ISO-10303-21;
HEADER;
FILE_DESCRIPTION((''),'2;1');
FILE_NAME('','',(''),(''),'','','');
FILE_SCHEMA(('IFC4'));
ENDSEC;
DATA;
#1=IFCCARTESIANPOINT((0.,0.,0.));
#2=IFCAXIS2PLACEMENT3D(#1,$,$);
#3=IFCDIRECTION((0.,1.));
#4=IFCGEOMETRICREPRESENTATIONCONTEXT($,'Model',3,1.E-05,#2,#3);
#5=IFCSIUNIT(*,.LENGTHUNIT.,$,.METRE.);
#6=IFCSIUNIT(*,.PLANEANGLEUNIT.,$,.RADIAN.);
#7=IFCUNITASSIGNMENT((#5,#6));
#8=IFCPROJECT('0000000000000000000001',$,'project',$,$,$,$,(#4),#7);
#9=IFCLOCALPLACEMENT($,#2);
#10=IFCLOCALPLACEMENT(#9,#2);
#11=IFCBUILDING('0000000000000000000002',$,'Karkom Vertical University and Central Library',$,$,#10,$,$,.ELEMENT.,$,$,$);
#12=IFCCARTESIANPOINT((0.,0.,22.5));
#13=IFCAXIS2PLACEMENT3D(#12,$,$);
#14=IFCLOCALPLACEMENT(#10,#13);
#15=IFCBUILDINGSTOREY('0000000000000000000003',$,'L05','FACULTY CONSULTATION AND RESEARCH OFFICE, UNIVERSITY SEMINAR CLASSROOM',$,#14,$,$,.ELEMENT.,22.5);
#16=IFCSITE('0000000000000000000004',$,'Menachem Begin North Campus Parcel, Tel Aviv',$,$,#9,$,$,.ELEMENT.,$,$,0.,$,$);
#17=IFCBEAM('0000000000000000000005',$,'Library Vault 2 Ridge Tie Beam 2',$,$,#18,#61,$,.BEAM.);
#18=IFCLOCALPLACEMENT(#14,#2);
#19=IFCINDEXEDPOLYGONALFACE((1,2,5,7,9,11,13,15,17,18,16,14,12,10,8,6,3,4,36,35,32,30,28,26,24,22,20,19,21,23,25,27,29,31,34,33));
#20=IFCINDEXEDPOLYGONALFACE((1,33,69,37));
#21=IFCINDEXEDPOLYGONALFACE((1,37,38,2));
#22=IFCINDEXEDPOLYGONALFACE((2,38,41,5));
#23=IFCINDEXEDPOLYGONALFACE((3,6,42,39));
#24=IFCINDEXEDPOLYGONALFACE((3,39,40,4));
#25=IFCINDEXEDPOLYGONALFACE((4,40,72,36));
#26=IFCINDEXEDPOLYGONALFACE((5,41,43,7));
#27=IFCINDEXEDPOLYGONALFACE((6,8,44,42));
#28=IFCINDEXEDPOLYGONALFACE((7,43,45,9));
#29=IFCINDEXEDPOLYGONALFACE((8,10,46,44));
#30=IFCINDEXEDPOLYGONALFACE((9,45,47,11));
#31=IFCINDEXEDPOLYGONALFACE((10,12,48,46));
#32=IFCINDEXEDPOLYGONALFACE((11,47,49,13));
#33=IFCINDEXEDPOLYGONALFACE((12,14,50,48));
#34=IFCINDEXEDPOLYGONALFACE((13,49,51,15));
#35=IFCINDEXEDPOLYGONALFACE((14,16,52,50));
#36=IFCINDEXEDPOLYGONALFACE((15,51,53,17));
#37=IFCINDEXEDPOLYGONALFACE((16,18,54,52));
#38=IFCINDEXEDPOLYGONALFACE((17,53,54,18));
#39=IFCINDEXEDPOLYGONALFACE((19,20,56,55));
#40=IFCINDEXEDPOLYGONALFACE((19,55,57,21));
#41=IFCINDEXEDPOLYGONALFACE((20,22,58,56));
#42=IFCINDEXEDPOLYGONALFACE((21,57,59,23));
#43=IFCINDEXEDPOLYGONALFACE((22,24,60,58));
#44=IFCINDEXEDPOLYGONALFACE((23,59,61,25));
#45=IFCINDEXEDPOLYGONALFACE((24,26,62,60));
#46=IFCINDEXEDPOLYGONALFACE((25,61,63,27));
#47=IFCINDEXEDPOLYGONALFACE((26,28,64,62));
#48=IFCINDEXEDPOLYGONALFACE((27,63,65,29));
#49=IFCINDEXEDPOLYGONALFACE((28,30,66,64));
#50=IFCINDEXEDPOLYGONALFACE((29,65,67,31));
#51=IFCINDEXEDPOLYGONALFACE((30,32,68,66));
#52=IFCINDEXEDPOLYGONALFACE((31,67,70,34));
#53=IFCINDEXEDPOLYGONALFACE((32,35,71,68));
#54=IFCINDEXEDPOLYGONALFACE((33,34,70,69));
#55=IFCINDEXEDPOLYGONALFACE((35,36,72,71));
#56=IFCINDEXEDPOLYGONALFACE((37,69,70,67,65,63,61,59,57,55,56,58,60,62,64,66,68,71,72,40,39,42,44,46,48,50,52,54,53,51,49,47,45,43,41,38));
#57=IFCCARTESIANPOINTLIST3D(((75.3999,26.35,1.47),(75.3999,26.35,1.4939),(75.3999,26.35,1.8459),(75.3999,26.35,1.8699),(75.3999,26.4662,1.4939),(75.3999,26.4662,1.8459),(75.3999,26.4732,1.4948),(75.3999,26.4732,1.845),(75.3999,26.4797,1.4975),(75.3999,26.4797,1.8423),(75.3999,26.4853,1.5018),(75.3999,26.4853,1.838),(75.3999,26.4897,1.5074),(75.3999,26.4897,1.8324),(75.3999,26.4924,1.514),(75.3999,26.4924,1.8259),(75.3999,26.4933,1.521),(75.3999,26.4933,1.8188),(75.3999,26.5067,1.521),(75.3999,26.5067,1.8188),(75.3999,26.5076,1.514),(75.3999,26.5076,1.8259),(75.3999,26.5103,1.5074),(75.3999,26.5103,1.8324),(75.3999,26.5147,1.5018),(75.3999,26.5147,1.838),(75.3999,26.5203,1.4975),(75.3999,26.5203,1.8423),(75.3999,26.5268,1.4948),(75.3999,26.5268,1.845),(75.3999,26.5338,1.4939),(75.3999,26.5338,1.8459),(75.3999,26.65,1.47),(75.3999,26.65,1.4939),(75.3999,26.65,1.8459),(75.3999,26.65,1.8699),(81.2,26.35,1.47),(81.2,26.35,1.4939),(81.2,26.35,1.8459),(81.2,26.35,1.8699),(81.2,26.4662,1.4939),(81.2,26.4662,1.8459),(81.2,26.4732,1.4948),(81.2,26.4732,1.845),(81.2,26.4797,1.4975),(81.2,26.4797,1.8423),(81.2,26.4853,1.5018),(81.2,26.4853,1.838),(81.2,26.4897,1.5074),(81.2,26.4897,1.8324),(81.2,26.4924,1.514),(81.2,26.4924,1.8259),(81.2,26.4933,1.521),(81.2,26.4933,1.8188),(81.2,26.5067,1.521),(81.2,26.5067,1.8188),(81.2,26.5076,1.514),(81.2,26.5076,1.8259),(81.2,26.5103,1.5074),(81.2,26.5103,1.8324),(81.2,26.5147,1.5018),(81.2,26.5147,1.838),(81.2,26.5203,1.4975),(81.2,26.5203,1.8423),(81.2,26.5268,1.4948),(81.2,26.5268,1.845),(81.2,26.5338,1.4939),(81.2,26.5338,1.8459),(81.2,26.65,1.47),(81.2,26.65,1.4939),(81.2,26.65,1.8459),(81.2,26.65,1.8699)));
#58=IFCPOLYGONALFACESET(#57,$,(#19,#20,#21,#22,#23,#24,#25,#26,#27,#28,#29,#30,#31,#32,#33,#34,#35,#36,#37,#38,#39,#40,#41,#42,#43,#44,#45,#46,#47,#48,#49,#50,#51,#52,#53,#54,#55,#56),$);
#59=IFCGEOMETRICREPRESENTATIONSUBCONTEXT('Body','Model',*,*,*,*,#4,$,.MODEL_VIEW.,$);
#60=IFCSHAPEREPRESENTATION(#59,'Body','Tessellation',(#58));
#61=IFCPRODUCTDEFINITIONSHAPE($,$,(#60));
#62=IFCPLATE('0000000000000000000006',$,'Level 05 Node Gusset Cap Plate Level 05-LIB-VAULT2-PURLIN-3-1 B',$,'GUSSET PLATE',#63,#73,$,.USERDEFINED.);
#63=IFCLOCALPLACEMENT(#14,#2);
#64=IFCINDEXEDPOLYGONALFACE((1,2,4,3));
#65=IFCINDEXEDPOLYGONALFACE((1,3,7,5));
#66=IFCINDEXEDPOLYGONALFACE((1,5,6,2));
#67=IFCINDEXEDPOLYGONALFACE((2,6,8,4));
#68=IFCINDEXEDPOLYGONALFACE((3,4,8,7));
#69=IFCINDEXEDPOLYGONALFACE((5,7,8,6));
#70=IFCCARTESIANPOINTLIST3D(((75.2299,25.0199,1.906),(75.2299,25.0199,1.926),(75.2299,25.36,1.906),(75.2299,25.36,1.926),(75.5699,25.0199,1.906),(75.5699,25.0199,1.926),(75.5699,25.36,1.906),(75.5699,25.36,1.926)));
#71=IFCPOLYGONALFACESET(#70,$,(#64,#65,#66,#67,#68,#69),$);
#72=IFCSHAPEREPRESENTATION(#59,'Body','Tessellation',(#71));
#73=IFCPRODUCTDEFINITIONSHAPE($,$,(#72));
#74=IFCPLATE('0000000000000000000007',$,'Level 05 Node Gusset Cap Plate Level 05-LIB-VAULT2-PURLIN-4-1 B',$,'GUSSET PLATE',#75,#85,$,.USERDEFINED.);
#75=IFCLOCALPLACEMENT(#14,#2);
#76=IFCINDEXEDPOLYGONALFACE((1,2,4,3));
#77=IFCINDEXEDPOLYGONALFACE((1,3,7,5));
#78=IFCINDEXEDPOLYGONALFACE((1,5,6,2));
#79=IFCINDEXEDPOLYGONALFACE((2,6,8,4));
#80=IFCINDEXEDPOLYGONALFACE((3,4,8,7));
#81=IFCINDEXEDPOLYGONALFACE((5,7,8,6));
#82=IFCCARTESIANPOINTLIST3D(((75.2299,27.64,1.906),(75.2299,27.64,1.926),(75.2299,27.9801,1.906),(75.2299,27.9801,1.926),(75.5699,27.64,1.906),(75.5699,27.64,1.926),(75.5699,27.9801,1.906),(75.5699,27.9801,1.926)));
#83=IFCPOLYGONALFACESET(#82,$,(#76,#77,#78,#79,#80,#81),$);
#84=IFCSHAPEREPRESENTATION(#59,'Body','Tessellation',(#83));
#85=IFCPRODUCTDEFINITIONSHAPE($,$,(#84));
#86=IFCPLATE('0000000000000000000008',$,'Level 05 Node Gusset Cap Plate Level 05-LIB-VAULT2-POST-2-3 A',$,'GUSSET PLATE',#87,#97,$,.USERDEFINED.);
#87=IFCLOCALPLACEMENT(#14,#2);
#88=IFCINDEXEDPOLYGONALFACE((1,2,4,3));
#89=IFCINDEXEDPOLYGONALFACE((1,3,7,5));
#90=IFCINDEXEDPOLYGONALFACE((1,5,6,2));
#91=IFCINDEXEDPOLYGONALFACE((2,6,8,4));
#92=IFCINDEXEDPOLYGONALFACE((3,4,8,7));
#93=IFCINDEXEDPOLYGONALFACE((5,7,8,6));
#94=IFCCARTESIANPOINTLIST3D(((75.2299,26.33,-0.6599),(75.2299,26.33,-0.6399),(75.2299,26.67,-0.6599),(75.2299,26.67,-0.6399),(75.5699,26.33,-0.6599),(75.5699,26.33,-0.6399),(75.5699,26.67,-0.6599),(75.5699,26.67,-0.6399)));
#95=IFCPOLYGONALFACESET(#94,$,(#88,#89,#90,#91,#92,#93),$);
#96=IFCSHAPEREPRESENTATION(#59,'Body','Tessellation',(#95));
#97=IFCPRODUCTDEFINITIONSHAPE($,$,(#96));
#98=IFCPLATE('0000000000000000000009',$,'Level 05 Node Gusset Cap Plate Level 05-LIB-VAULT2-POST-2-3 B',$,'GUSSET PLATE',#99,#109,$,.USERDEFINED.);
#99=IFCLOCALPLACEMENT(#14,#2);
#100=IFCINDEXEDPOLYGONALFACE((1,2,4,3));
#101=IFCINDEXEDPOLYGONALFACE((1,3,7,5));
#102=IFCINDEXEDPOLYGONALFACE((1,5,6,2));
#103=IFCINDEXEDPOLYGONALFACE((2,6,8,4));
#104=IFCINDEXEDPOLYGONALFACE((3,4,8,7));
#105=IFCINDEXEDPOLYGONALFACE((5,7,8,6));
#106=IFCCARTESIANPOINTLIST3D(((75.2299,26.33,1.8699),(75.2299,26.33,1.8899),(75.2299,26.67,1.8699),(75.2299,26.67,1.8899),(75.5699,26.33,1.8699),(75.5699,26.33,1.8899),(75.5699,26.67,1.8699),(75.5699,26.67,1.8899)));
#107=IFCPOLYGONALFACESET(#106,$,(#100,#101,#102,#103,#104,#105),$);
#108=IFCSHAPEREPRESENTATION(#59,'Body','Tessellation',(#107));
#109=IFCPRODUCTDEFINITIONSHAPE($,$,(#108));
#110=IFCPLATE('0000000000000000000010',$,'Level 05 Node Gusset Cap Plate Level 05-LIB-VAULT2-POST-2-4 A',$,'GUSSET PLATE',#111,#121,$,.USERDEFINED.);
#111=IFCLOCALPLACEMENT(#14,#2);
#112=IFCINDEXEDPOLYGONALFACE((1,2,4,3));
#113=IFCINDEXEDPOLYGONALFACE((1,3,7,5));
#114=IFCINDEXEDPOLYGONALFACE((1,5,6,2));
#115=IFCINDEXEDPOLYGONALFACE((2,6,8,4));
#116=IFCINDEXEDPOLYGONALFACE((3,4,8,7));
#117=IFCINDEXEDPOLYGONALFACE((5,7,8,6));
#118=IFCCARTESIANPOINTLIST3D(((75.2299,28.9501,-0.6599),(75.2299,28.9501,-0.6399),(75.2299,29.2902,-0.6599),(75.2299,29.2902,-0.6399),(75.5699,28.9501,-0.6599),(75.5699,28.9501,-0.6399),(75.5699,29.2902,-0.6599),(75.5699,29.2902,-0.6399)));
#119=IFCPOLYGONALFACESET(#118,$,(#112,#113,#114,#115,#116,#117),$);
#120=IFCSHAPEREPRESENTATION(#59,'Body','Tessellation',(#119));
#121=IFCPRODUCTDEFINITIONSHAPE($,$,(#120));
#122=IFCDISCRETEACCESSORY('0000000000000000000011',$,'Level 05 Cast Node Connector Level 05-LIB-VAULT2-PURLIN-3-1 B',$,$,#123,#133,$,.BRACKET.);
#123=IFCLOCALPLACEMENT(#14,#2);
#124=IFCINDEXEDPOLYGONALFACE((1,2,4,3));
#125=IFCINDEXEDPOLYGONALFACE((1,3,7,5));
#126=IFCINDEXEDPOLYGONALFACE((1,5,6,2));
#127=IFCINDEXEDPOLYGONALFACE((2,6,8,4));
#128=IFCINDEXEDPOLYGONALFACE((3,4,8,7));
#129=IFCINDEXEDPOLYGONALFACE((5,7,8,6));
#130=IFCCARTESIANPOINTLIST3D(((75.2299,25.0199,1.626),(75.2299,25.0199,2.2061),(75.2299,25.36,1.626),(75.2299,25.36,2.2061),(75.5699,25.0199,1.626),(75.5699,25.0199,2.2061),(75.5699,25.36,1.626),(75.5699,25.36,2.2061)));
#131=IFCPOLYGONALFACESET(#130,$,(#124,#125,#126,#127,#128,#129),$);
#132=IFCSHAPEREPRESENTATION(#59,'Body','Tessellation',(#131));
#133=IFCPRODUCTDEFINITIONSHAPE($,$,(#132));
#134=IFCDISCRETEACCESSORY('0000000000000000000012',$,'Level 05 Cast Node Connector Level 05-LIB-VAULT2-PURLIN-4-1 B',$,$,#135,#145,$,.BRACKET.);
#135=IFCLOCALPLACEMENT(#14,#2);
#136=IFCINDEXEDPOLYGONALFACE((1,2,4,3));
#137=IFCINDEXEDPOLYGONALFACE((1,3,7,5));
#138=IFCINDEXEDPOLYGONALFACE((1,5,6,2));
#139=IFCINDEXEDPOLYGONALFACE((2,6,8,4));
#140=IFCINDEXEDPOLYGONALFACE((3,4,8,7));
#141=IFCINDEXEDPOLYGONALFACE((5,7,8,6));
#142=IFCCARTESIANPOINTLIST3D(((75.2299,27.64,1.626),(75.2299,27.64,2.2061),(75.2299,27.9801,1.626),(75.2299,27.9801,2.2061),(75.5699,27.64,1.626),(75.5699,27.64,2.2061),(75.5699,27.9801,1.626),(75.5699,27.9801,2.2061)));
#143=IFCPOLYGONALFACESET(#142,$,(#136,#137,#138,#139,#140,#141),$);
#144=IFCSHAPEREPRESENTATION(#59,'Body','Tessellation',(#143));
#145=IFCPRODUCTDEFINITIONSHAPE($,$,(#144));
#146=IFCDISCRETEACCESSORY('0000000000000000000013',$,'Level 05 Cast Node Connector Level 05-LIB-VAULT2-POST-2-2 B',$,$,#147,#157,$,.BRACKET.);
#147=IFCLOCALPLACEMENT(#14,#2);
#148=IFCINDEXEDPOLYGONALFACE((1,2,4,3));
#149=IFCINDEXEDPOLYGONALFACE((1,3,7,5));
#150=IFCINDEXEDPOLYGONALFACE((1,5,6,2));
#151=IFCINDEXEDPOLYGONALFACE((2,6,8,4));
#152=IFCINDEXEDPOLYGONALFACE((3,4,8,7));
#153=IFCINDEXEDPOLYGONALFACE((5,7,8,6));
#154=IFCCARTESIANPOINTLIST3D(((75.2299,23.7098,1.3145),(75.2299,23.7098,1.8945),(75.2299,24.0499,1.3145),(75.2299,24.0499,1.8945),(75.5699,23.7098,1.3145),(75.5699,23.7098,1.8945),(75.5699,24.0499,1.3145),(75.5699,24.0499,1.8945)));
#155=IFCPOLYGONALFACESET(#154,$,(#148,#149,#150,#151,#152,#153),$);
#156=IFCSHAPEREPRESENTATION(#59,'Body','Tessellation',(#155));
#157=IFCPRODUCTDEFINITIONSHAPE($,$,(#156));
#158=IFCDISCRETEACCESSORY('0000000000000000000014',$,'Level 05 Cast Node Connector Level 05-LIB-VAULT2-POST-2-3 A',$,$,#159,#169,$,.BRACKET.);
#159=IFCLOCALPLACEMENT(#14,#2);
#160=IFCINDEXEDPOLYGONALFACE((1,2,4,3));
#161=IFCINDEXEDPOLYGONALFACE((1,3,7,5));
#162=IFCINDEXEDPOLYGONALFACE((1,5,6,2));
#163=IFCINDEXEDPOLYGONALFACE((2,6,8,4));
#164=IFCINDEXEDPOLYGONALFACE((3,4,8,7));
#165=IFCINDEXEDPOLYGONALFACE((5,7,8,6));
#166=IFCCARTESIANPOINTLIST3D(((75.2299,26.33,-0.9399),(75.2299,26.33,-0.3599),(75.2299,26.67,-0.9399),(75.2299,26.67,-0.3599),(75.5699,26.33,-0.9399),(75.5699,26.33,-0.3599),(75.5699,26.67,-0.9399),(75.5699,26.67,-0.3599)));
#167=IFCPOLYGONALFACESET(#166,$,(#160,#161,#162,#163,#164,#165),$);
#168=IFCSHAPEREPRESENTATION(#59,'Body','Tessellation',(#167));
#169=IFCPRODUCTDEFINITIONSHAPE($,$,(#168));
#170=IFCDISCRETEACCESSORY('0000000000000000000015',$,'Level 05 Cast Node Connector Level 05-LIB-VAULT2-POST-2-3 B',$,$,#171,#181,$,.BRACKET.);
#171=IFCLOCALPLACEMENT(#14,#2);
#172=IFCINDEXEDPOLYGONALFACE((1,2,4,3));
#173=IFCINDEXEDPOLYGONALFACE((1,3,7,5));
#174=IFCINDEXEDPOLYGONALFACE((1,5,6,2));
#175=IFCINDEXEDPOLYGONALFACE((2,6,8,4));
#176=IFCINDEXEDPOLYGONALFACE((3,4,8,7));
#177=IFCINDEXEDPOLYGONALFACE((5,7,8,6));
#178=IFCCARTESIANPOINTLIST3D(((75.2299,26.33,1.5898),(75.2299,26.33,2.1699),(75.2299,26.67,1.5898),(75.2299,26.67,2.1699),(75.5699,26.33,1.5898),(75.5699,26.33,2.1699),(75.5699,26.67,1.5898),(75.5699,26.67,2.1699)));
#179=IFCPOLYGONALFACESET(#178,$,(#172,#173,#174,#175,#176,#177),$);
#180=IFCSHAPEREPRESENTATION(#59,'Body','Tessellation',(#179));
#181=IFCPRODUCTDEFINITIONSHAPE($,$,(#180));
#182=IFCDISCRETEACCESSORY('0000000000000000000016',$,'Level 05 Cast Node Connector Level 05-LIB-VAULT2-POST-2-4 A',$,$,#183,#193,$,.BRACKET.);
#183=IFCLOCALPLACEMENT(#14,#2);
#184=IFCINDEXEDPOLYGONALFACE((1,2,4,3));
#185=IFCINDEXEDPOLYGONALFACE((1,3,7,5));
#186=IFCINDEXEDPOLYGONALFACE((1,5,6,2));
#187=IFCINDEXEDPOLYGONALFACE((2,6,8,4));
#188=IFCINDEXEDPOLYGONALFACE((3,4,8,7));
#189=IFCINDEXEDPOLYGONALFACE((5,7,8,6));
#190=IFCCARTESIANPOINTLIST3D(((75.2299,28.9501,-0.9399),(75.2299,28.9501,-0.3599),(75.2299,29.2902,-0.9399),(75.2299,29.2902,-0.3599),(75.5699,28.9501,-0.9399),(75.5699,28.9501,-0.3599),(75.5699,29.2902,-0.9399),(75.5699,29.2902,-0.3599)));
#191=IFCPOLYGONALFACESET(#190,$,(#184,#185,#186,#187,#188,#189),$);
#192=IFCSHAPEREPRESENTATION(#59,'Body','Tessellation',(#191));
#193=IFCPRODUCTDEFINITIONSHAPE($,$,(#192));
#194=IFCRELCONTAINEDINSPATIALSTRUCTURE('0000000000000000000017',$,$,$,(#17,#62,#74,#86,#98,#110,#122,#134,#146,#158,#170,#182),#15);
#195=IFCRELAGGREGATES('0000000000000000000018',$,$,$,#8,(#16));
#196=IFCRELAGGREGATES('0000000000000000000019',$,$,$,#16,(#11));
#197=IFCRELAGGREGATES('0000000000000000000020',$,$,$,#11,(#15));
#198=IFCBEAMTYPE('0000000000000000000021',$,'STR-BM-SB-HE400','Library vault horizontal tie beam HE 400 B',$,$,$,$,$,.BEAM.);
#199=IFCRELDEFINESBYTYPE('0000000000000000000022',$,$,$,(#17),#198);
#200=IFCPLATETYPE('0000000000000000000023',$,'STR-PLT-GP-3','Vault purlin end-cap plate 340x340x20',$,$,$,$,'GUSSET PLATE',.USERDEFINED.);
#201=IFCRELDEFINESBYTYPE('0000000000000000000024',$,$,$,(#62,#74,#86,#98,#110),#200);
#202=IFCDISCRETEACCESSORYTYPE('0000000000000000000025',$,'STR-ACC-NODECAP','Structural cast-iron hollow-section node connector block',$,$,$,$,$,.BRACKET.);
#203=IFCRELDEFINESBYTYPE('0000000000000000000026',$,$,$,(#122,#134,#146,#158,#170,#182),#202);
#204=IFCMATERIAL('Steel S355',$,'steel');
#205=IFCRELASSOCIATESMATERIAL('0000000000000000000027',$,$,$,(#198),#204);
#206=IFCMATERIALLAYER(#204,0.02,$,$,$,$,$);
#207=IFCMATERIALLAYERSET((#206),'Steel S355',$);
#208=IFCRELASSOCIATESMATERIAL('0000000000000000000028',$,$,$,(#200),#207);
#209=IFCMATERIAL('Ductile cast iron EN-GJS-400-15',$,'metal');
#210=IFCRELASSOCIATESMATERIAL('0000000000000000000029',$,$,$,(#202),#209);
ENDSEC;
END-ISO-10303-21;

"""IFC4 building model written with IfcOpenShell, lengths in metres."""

from ifc_helpers import new_model, si_unit, direction, frame, origin, origin_with_axes, origin_2d, place, context, subcontext, project, spatial, rectangle, i_section, extrude, source, transform, mapped, material, layer, layer_set, material_profile, profile_set, type_object, element, save


model = new_model("IFC4")

# Units and contexts
model_context = context("Model", 3, precision=1e-05, world=origin(), true_north=direction((0.0, 1.0)))
body_context = subcontext(model_context, "Body", "Model", "MODEL_VIEW")
ifc_project = project(units=[si_unit("LENGTHUNIT", "METRE"), si_unit("PLANEANGLEUNIT", "RADIAN")], contexts=[model_context])

# Site, building, storey
site_placement = place(None, origin())
site = spatial("IfcSite", under=ifc_project, at=site_placement, Name="Menachem Begin North Campus Parcel, Tel Aviv", CompositionType="ELEMENT", RefElevation=0.0)
building_placement = place(site_placement, origin())
building = spatial("IfcBuilding", under=site, at=building_placement, Name="Karkom Vertical University and Central Library", CompositionType="ELEMENT")
storey_placement = place(building_placement, frame((0.0, 0.0, 22.5)))
storey = spatial("IfcBuildingStorey", under=building, at=storey_placement, Name="L05", Description="FACULTY CONSULTATION AND RESEARCH OFFICE, UNIVERSITY SEMINAR CLASSROOM", CompositionType="ELEMENT", Elevation=22.5)

# Shared definitions
ifc_material_1 = material(Name="Steel S355", Category="steel")

# Beam
ifc_material_profile_1 = material_profile(ifc_material_1, i_section(OverallWidth=0.3, OverallDepth=0.3999, WebThickness=0.0134, FlangeThickness=0.0239, FilletRadius=0.0271, at=origin_2d()), Name="HE 400 B")
ifc_profile_set_1 = profile_set([ifc_material_profile_1], Name="Steel S355")
beam_type_1 = type_object("IfcBeamType", Name="STR-BM-SB-HE400", Description="Library vault horizontal tie beam HE 400 B", PredefinedType="BEAM", material=ifc_profile_set_1)
shared_shape_1 = source(origin_with_axes(), body_context, "Body", "SweptSolid", [
    extrude(i_section(OverallWidth=0.3, OverallDepth=0.3999, WebThickness=0.0134, FlangeThickness=0.0239, FilletRadius=0.0271, at=origin_2d()), origin(), (0.0, 0.0, 1.0), 5.8),
])
beam_1_placement = place(storey_placement, frame((75.3999, 26.5, 1.6699), z_axis=(1.0, 0.0, 0.0), x_axis=(0.0, 1.0, 0.0)))
element("IfcBeam", 1, at=beam_1_placement, inside=storey, type_object=beam_type_1, Name="Library Vault 2 Ridge Tie Beam 2", PredefinedType="BEAM", context=body_context, shape_type="MappedRepresentation", body=[
    mapped(shared_shape_1, transform((0.0, 0.0, 0.0), scale=1.0)),
])

# Plates
ifc_layer = layer(ifc_material_1, 0.02)
ifc_layer_set = layer_set([ifc_layer], Name="Steel S355")
plate_type = type_object("IfcPlateType", Name="STR-PLT-GP-3", Description="Vault purlin end-cap plate 340x340x20", ElementType="GUSSET PLATE", PredefinedType="USERDEFINED", material=ifc_layer_set)
shared_shape_2 = source(origin_with_axes(), body_context, "Body", "SweptSolid", [
    extrude(rectangle(XDim=0.3401, YDim=0.3401, at=origin_2d()), origin(), (0.0, 0.0, 1.0), 0.02),
])
for number, where, z_axis, x_axis, name in (
    (2, (75.3999, 25.1899, 1.906), (0.0, 0.0, 1.0), (1.0, 0.0, 0.0), "Level 05 Node Gusset Cap Plate Level 05-LIB-VAULT2-PURLIN-3-1 B"),
    (3, (75.3999, 27.8101, 1.906), (0.0, 0.0, 1.0), (1.0, 0.0, 0.0), "Level 05 Node Gusset Cap Plate Level 05-LIB-VAULT2-PURLIN-4-1 B"),
    (4, (75.3999, 26.5, -0.6599), (0.0, 0.0, 1.0), (1.0, 0.0, 0.0), "Level 05 Node Gusset Cap Plate Level 05-LIB-VAULT2-POST-2-3 A"),
    (5, (75.3999, 26.5, 1.8699), (0.0, 0.0, 1.0), (1.0, 0.0, 0.0), "Level 05 Node Gusset Cap Plate Level 05-LIB-VAULT2-POST-2-3 B"),
    (6, (75.3999, 29.1201, -0.6599), (0.0, 0.0, 1.0), (1.0, 0.0, 0.0), "Level 05 Node Gusset Cap Plate Level 05-LIB-VAULT2-POST-2-4 A"),
):
    element("IfcPlate", number, at=place(storey_placement, frame(where, z_axis=z_axis, x_axis=x_axis)), inside=storey, type_object=plate_type, Name=name, ObjectType="GUSSET PLATE", PredefinedType="USERDEFINED", context=body_context, shape_type="MappedRepresentation", body=[
        mapped(shared_shape_2, transform((0.0, 0.0, 0.0), scale=1.0)),
    ])

# Discrete accessories
ifc_material_2 = material(Name="Ductile cast iron EN-GJS-400-15", Category="metal")
discrete_accessory_type = type_object("IfcDiscreteAccessoryType", Name="STR-ACC-NODECAP", Description="Structural cast-iron hollow-section node connector block", PredefinedType="BRACKET", material=ifc_material_2)
shared_shape_3 = source(origin_with_axes(), body_context, "Body", "SweptSolid", [
    extrude(rectangle(XDim=0.3401, YDim=0.3401, at=origin_2d()), origin(), (0.0, 0.0, 1.0), 0.5801),
])
for number, where, z_axis, x_axis, name in (
    (7, (75.3999, 25.1899, 1.626), (0.0, 0.0, 1.0), (1.0, 0.0, 0.0), "Level 05 Cast Node Connector Level 05-LIB-VAULT2-PURLIN-3-1 B"),
    (8, (75.3999, 27.8101, 1.626), (0.0, 0.0, 1.0), (1.0, 0.0, 0.0), "Level 05 Cast Node Connector Level 05-LIB-VAULT2-PURLIN-4-1 B"),
    (9, (75.3999, 23.8799, 1.3145), (0.0, 0.0, 1.0), (1.0, 0.0, 0.0), "Level 05 Cast Node Connector Level 05-LIB-VAULT2-POST-2-2 B"),
    (10, (75.3999, 26.5, -0.9399), (0.0, 0.0, 1.0), (1.0, 0.0, 0.0), "Level 05 Cast Node Connector Level 05-LIB-VAULT2-POST-2-3 A"),
    (11, (75.3999, 26.5, 1.5898), (0.0, 0.0, 1.0), (1.0, 0.0, 0.0), "Level 05 Cast Node Connector Level 05-LIB-VAULT2-POST-2-3 B"),
    (12, (75.3999, 29.1201, -0.9399), (0.0, 0.0, 1.0), (1.0, 0.0, 0.0), "Level 05 Cast Node Connector Level 05-LIB-VAULT2-POST-2-4 A"),
):
    element("IfcDiscreteAccessory", number, at=place(storey_placement, frame(where, z_axis=z_axis, x_axis=x_axis)), inside=storey, type_object=discrete_accessory_type, Name=name, PredefinedType="BRACKET", context=body_context, shape_type="MappedRepresentation", body=[
        mapped(shared_shape_3, transform((0.0, 0.0, 0.0), scale=1.0)),
    ])

save(model, "model.ifc")
